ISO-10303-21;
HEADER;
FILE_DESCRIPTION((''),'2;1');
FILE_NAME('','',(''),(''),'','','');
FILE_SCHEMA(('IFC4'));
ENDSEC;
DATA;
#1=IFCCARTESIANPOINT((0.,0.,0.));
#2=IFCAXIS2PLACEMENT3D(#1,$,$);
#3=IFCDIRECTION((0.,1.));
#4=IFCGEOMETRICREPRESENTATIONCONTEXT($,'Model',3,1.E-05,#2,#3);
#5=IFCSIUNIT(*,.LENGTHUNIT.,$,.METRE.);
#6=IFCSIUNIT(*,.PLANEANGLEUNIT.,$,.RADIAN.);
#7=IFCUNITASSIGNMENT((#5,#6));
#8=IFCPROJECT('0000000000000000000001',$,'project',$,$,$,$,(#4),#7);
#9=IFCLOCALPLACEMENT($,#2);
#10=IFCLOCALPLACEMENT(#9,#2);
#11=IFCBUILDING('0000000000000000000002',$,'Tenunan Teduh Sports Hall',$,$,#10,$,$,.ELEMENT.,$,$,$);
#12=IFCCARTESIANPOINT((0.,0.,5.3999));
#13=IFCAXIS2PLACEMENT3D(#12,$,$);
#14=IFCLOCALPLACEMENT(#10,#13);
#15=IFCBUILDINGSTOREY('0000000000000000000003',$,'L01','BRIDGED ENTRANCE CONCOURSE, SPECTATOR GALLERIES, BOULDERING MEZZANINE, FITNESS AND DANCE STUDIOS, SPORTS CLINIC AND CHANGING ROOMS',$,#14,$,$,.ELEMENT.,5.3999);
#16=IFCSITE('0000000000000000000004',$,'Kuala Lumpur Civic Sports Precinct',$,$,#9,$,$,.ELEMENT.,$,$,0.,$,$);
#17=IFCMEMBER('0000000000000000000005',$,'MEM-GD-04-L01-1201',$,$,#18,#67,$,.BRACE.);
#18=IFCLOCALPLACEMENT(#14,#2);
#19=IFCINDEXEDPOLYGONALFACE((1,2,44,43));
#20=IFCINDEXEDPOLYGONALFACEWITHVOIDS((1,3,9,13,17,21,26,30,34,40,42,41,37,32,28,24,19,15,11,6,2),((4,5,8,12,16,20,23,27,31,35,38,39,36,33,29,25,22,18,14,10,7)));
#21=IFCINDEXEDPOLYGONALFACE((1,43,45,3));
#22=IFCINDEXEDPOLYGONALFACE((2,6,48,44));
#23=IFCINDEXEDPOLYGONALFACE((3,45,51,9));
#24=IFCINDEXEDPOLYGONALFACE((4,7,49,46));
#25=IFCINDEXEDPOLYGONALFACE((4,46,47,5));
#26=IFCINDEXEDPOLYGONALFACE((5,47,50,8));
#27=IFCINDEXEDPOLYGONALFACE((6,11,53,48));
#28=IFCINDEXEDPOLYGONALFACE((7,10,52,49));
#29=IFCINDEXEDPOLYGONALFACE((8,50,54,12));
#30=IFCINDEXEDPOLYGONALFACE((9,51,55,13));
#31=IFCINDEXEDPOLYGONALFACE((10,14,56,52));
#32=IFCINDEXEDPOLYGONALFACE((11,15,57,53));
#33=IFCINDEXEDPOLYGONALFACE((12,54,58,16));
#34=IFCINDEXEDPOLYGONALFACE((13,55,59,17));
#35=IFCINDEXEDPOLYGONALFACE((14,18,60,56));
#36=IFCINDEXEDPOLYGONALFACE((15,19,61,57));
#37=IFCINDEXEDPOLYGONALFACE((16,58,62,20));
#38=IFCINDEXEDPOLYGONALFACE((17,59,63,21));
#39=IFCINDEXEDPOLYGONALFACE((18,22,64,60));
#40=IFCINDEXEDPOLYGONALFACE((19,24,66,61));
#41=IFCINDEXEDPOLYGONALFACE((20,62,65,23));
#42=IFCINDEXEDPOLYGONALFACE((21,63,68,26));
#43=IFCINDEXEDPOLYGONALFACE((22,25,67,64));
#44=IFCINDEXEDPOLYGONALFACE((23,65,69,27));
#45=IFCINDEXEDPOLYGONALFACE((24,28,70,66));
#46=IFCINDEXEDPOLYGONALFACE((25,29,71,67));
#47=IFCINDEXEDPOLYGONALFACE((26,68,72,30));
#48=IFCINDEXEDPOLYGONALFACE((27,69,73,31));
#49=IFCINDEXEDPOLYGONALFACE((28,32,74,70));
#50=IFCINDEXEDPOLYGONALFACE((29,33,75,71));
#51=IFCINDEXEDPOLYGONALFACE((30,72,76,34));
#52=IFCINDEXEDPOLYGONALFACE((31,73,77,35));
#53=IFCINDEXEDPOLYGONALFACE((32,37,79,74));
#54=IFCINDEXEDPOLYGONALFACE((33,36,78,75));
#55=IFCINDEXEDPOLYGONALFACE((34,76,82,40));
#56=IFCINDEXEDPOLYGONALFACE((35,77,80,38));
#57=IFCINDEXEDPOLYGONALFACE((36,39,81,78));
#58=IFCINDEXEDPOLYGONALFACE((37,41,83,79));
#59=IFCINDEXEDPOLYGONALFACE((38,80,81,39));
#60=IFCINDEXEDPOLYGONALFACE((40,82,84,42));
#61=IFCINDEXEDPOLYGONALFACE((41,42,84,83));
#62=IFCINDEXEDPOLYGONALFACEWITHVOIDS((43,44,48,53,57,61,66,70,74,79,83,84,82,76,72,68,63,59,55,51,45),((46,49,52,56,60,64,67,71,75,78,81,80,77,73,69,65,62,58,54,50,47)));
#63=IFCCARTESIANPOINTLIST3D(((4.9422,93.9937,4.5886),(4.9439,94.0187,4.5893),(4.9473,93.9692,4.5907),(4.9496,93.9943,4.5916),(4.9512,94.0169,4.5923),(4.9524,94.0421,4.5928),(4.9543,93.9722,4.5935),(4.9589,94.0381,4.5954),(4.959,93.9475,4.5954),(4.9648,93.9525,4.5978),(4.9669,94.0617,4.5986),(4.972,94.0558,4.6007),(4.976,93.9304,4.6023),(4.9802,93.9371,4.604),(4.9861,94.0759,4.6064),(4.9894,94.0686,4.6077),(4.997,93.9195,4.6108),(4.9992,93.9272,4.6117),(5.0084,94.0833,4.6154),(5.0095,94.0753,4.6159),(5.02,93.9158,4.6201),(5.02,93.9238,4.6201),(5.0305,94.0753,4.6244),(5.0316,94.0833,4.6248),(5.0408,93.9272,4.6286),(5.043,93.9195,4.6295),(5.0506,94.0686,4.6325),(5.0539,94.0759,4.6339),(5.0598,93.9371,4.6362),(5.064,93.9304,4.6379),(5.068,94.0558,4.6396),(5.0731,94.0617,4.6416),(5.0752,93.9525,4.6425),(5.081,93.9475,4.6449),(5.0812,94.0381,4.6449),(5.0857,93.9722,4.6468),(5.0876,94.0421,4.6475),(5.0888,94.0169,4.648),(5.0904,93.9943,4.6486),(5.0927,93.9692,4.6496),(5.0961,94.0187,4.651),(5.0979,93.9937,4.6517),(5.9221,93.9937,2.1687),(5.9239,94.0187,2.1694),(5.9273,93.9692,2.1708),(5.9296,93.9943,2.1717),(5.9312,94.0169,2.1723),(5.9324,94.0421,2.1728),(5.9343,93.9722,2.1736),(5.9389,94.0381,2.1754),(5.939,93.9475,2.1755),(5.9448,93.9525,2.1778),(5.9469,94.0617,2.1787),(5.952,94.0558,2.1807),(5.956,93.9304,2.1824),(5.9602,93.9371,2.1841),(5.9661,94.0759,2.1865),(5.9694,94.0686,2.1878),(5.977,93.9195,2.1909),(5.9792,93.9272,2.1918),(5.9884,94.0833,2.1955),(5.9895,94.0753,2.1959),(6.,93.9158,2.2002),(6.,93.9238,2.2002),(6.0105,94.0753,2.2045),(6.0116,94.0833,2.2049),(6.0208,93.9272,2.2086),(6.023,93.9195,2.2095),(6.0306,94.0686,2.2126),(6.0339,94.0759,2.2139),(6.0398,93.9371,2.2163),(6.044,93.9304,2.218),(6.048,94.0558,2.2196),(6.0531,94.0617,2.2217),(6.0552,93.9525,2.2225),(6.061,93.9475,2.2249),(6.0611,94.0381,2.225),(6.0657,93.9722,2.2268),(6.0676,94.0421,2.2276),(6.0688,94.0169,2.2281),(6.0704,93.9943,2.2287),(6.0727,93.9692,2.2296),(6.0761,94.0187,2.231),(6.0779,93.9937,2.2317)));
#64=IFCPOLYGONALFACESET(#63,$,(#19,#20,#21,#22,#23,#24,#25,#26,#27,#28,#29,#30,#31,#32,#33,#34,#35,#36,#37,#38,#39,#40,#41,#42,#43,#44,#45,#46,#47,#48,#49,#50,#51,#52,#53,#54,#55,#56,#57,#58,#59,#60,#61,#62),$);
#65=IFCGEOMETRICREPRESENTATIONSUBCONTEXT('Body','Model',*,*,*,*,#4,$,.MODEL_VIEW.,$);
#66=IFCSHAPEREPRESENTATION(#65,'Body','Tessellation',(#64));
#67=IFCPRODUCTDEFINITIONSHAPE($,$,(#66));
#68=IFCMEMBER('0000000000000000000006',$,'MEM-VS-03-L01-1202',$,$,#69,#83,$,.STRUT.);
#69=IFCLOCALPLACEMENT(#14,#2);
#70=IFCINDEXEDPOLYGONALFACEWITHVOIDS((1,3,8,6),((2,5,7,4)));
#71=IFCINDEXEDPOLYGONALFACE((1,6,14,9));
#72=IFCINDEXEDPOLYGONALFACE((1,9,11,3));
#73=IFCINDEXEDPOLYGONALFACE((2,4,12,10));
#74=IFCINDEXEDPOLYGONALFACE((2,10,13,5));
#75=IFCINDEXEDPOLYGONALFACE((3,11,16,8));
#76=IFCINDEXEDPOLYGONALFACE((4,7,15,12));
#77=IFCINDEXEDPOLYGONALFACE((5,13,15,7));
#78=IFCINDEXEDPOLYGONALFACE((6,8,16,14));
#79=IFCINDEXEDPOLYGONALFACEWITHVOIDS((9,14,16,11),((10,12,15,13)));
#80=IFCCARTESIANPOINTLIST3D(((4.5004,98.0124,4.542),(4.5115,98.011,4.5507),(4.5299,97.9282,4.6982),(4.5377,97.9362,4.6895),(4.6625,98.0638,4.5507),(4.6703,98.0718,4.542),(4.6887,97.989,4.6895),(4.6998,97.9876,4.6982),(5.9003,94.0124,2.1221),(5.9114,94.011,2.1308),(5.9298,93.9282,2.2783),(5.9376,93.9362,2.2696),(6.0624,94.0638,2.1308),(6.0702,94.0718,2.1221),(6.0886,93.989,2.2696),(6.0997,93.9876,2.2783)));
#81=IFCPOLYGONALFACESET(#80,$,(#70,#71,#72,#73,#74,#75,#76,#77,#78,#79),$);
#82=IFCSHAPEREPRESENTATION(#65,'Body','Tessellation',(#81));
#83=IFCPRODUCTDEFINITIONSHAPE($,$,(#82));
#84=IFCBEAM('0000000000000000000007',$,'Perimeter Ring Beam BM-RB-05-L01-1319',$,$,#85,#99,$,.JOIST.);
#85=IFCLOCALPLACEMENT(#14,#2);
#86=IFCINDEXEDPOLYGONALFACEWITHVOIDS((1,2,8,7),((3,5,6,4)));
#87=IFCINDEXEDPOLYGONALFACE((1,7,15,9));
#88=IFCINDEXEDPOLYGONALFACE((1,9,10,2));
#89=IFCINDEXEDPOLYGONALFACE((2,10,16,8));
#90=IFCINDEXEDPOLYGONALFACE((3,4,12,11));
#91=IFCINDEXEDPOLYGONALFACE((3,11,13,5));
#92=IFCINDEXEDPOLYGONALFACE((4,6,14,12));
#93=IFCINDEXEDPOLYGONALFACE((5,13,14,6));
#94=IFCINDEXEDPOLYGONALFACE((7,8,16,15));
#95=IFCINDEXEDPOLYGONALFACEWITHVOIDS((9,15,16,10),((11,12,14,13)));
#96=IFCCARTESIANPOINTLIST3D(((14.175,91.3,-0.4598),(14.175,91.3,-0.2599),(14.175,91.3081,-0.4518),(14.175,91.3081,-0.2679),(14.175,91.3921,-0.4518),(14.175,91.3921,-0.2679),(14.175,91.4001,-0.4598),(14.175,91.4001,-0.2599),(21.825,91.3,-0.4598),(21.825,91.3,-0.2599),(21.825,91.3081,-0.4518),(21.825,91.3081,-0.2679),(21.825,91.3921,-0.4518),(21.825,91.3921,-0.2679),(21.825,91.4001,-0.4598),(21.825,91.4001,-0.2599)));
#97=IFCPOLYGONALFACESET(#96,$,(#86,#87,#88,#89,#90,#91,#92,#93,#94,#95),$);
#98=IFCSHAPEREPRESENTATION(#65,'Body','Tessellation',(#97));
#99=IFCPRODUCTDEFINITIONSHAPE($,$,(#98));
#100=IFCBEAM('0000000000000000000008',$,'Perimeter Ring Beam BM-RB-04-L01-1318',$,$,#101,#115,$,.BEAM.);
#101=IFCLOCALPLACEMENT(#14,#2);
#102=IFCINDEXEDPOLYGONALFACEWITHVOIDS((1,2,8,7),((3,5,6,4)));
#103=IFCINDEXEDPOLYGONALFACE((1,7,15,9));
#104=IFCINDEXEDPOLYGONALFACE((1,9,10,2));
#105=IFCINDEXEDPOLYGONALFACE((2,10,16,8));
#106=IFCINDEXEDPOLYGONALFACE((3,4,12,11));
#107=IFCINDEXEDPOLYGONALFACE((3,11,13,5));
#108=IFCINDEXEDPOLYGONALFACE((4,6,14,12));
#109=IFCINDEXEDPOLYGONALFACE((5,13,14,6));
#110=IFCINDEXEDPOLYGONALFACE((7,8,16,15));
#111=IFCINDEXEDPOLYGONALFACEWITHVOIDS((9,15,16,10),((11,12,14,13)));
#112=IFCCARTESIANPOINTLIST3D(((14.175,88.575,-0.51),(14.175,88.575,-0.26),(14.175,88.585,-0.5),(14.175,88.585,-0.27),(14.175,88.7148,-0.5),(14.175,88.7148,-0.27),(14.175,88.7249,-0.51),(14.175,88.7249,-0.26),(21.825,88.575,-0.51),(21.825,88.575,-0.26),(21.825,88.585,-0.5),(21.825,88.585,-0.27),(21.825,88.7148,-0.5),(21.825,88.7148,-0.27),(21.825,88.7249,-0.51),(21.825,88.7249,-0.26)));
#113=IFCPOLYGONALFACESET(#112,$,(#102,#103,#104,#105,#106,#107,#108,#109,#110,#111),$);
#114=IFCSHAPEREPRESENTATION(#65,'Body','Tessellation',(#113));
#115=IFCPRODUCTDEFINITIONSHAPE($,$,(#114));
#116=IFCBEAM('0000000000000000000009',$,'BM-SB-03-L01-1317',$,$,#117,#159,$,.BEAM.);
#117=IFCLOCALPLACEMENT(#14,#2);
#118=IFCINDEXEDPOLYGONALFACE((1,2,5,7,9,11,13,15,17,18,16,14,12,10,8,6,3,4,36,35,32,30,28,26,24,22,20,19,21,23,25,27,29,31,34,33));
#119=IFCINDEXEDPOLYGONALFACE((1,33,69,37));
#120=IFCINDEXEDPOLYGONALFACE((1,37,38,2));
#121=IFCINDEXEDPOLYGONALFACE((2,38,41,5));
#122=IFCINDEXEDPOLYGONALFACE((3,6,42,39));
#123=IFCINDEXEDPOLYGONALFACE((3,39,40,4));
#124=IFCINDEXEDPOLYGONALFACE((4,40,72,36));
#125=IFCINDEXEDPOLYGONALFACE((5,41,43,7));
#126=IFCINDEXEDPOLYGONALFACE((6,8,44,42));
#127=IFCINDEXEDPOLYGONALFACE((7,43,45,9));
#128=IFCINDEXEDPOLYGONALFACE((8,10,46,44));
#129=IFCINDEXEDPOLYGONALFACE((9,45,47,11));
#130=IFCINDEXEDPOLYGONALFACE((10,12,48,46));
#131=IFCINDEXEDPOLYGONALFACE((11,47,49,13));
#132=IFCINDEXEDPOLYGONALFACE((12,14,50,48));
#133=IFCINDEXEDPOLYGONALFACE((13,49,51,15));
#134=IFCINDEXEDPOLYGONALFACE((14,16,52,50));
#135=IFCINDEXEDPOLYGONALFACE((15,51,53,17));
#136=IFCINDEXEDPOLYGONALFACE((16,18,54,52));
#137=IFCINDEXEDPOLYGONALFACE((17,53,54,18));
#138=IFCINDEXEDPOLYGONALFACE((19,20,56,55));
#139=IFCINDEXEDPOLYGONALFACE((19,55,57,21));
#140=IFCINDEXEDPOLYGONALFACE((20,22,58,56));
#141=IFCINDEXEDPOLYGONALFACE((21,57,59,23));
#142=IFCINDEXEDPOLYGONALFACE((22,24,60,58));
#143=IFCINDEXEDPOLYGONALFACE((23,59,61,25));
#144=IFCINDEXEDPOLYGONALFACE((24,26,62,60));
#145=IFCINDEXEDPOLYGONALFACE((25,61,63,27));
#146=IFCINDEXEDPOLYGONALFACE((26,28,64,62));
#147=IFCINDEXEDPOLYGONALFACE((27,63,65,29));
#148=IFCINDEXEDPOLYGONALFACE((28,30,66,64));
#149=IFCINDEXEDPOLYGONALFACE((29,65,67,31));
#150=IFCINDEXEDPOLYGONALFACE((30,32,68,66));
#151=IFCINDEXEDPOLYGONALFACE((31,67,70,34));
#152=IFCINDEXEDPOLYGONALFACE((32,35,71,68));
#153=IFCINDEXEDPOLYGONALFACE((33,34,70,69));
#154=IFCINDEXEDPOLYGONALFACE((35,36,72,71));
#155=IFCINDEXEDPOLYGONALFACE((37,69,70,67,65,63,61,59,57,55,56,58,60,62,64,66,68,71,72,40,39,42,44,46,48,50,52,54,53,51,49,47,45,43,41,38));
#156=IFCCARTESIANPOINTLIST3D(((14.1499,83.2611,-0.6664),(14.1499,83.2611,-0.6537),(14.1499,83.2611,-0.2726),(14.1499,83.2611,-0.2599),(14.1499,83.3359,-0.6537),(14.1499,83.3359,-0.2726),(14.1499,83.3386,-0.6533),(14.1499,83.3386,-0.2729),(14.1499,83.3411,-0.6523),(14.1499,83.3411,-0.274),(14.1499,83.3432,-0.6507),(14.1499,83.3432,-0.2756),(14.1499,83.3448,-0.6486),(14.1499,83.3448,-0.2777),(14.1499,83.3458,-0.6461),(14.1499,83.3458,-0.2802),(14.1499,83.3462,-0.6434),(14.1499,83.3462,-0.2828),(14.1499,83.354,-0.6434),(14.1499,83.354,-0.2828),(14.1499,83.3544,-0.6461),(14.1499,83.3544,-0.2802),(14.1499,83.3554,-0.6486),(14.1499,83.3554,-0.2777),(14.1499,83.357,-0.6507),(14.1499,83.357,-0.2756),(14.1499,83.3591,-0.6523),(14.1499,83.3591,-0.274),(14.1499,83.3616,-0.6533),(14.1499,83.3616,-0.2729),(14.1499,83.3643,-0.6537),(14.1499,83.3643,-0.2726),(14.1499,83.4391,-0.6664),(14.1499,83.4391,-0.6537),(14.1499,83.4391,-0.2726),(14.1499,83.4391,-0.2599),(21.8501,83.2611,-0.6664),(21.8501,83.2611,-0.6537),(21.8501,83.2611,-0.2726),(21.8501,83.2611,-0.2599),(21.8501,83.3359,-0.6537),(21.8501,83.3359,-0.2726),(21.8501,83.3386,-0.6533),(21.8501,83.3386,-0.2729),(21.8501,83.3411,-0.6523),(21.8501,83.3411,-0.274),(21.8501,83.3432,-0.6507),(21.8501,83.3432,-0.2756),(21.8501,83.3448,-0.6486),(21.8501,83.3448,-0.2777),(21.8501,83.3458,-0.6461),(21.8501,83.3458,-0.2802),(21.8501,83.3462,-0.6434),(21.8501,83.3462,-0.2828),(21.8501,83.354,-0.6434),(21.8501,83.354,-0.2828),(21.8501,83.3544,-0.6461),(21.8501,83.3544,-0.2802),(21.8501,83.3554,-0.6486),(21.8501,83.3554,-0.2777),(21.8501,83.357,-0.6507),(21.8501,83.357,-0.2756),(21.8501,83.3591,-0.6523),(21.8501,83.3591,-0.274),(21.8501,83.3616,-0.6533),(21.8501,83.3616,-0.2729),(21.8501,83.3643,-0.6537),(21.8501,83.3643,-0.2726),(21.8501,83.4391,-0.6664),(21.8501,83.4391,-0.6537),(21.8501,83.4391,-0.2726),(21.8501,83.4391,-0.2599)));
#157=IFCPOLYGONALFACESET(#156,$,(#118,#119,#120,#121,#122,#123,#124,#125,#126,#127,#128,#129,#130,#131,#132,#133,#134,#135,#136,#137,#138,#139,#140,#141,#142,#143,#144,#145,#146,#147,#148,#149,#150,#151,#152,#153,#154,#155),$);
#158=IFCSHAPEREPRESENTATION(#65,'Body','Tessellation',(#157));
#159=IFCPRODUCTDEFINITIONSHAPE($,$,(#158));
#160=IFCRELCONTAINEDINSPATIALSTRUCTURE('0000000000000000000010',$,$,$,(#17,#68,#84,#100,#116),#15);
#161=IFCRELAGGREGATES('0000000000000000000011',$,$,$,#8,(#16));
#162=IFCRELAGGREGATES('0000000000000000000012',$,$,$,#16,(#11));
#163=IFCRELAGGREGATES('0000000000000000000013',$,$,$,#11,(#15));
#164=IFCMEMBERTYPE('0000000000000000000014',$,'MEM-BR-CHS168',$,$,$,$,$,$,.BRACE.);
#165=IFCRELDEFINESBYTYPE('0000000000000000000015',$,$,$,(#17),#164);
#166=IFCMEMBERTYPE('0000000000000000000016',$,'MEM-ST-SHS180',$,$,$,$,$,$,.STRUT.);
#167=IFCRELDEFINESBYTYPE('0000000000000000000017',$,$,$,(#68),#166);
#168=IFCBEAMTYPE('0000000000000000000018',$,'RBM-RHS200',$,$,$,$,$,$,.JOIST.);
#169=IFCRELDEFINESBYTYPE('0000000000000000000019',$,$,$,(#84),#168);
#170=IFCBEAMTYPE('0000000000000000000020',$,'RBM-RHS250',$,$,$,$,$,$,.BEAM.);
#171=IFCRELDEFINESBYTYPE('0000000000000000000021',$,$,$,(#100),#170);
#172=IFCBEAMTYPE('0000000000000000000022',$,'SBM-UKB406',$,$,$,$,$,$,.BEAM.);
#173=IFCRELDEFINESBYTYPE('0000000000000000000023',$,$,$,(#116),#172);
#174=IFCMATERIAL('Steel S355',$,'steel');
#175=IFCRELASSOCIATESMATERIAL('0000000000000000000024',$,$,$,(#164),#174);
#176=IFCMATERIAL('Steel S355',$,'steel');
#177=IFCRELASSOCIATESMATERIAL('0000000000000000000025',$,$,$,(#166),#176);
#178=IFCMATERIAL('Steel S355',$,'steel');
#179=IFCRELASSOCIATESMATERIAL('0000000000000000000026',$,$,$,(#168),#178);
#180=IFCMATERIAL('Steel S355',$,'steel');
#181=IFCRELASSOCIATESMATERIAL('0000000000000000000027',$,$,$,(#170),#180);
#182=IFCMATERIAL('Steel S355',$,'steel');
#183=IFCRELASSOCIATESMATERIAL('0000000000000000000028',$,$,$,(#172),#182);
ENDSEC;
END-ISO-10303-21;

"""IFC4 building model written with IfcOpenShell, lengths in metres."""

from ifc_helpers import new_model, si_unit, direction, frame, origin, origin_2d, place, context, subcontext, project, spatial, hollow_rectangle, hollow_circle, i_section, extrude, material, material_profile, profile_set, type_object, element, save


model = new_model("IFC4")

# Units and contexts
model_context = context("Model", 3, precision=1e-05, world=origin(), true_north=direction((0.0, 1.0)))
body_context = subcontext(model_context, "Body", "Model", "MODEL_VIEW")
ifc_project = project(units=[si_unit("LENGTHUNIT", "METRE"), si_unit("PLANEANGLEUNIT", "RADIAN")], contexts=[model_context])

# Site, building, storey
site_placement = place(None, origin())
site = spatial("IfcSite", under=ifc_project, at=site_placement, Name="Kuala Lumpur Civic Sports Precinct", CompositionType="ELEMENT", RefElevation=0.0)
building_placement = place(site_placement, origin())
building = spatial("IfcBuilding", under=site, at=building_placement, Name="Tenunan Teduh Sports Hall", CompositionType="ELEMENT")
storey_placement = place(building_placement, frame((0.0, 0.0, 5.3999)))
storey = spatial("IfcBuildingStorey", under=building, at=storey_placement, Name="L01", Description="BRIDGED ENTRANCE CONCOURSE, SPECTATOR GALLERIES, BOULDERING MEZZANINE, FITNESS AND DANCE STUDIOS, SPORTS CLINIC AND CHANGING ROOMS", CompositionType="ELEMENT", Elevation=5.3999)

# Members
ifc_material_1 = material(Name="Steel S355", Category="steel")
ifc_material_profile_1 = material_profile(ifc_material_1, hollow_circle(Radius=0.0842, WallThickness=0.0081, at=origin_2d()), Name="CHS 168.3x8.0")
ifc_profile_set_1 = profile_set([ifc_material_profile_1], Name="Steel S355")
member_type_1 = type_object("IfcMemberType", Name="MEM-BR-CHS168", PredefinedType="BRACE", material=ifc_profile_set_1)
member_1_placement = place(storey_placement, frame((6.0, 94.0, 2.2002), z_axis=(-0.375353, 0.0, 0.926882), x_axis=(0.0, -1.0, 0.0)))
element("IfcMember", 1, at=member_1_placement, inside=storey, type_object=member_type_1, Name="MEM-GD-04-L01-1201", PredefinedType="BRACE", context=body_context, shape_type="SweptSolid", body=[
    extrude(hollow_circle(Radius=0.0842, WallThickness=0.0081, at=origin_2d()), origin(), (0.0, 0.0, 1.0), 2.6108),
])
ifc_material_2 = material(Name="Steel S355", Category="steel")
ifc_material_profile_2 = material_profile(ifc_material_2, hollow_rectangle(XDim=0.1799, YDim=0.1799, WallThickness=0.01, at=origin_2d()), Name="SHS 180x180x10.0")
ifc_profile_set_2 = profile_set([ifc_material_profile_2], Name="Steel S355")
member_type_2 = type_object("IfcMemberType", Name="MEM-ST-SHS180", PredefinedType="STRUT", material=ifc_profile_set_2)
member_2_placement = place(storey_placement, frame((6.0, 94.0, 2.2002), z_axis=(-0.286857, 0.819649, 0.495872), x_axis=(-0.943866, -0.33033, 0.0)))
element("IfcMember", 2, at=member_2_placement, inside=storey, type_object=member_type_2, Name="MEM-VS-03-L01-1202", PredefinedType="STRUT", context=body_context, shape_type="SweptSolid", body=[
    extrude(hollow_rectangle(XDim=0.1799, YDim=0.1799, WallThickness=0.01, at=origin_2d()), origin(), (0.0, 0.0, 1.0), 4.8801),
])

# Beams
ifc_material_3 = material(Name="Steel S355", Category="steel")
ifc_material_profile_3 = material_profile(ifc_material_3, hollow_rectangle(XDim=0.1001, YDim=0.2, WallThickness=0.0081, at=origin_2d()), Name="RHS 200x100x8.0")
ifc_profile_set_3 = profile_set([ifc_material_profile_3], Name="Steel S355")
beam_type_1 = type_object("IfcBeamType", Name="RBM-RHS200", PredefinedType="JOIST", material=ifc_profile_set_3)
beam_1_placement = place(storey_placement, frame((14.175, 91.3501, -0.3599), z_axis=(1.0, 0.0, 0.0), x_axis=(0.0, 1.0, 0.0)))
element("IfcBeam", 3, at=beam_1_placement, inside=storey, type_object=beam_type_1, Name="Perimeter Ring Beam BM-RB-05-L01-1319", PredefinedType="JOIST", context=body_context, shape_type="SweptSolid", body=[
    extrude(hollow_rectangle(XDim=0.1001, YDim=0.2, WallThickness=0.0081, at=origin_2d()), origin(), (0.0, 0.0, 1.0), 7.6499),
])
ifc_material_4 = material(Name="Steel S355", Category="steel")
ifc_material_profile_4 = material_profile(ifc_material_4, hollow_rectangle(XDim=0.1499, YDim=0.25, WallThickness=0.01, at=origin_2d()), Name="RHS 250x150x10.0")
ifc_profile_set_4 = profile_set([ifc_material_profile_4], Name="Steel S355")
beam_type_2 = type_object("IfcBeamType", Name="RBM-RHS250", PredefinedType="BEAM", material=ifc_profile_set_4)
beam_2_placement = place(storey_placement, frame((14.175, 88.6499, -0.385), z_axis=(1.0, 0.0, 0.0), x_axis=(0.0, 1.0, 0.0)))
element("IfcBeam", 4, at=beam_2_placement, inside=storey, type_object=beam_type_2, Name="Perimeter Ring Beam BM-RB-04-L01-1318", PredefinedType="BEAM", context=body_context, shape_type="SweptSolid", body=[
    extrude(hollow_rectangle(XDim=0.1499, YDim=0.25, WallThickness=0.01, at=origin_2d()), origin(), (0.0, 0.0, 1.0), 7.6499),
])
ifc_material_5 = material(Name="Steel S355", Category="steel")
ifc_material_profile_5 = material_profile(ifc_material_5, i_section(OverallWidth=0.178, OverallDepth=0.4065, WebThickness=0.0078, FlangeThickness=0.0127, FilletRadius=0.0103, at=origin_2d()), Name="UKB 406x178x60")
ifc_profile_set_5 = profile_set([ifc_material_profile_5], Name="Steel S355")
beam_type_3 = type_object("IfcBeamType", Name="SBM-UKB406", PredefinedType="BEAM", material=ifc_profile_set_5)
beam_3_placement = place(storey_placement, frame((14.1499, 83.3501, -0.4631), z_axis=(1.0, 0.0, 0.0), x_axis=(0.0, 1.0, 0.0)))
element("IfcBeam", 5, at=beam_3_placement, inside=storey, type_object=beam_type_3, Name="BM-SB-03-L01-1317", PredefinedType="BEAM", context=body_context, shape_type="SweptSolid", body=[
    extrude(i_section(OverallWidth=0.178, OverallDepth=0.4065, WebThickness=0.0078, FlangeThickness=0.0127, FilletRadius=0.0103, at=origin_2d()), origin(), (0.0, 0.0, 1.0), 7.7002),
])

save(model, "model.ifc")
